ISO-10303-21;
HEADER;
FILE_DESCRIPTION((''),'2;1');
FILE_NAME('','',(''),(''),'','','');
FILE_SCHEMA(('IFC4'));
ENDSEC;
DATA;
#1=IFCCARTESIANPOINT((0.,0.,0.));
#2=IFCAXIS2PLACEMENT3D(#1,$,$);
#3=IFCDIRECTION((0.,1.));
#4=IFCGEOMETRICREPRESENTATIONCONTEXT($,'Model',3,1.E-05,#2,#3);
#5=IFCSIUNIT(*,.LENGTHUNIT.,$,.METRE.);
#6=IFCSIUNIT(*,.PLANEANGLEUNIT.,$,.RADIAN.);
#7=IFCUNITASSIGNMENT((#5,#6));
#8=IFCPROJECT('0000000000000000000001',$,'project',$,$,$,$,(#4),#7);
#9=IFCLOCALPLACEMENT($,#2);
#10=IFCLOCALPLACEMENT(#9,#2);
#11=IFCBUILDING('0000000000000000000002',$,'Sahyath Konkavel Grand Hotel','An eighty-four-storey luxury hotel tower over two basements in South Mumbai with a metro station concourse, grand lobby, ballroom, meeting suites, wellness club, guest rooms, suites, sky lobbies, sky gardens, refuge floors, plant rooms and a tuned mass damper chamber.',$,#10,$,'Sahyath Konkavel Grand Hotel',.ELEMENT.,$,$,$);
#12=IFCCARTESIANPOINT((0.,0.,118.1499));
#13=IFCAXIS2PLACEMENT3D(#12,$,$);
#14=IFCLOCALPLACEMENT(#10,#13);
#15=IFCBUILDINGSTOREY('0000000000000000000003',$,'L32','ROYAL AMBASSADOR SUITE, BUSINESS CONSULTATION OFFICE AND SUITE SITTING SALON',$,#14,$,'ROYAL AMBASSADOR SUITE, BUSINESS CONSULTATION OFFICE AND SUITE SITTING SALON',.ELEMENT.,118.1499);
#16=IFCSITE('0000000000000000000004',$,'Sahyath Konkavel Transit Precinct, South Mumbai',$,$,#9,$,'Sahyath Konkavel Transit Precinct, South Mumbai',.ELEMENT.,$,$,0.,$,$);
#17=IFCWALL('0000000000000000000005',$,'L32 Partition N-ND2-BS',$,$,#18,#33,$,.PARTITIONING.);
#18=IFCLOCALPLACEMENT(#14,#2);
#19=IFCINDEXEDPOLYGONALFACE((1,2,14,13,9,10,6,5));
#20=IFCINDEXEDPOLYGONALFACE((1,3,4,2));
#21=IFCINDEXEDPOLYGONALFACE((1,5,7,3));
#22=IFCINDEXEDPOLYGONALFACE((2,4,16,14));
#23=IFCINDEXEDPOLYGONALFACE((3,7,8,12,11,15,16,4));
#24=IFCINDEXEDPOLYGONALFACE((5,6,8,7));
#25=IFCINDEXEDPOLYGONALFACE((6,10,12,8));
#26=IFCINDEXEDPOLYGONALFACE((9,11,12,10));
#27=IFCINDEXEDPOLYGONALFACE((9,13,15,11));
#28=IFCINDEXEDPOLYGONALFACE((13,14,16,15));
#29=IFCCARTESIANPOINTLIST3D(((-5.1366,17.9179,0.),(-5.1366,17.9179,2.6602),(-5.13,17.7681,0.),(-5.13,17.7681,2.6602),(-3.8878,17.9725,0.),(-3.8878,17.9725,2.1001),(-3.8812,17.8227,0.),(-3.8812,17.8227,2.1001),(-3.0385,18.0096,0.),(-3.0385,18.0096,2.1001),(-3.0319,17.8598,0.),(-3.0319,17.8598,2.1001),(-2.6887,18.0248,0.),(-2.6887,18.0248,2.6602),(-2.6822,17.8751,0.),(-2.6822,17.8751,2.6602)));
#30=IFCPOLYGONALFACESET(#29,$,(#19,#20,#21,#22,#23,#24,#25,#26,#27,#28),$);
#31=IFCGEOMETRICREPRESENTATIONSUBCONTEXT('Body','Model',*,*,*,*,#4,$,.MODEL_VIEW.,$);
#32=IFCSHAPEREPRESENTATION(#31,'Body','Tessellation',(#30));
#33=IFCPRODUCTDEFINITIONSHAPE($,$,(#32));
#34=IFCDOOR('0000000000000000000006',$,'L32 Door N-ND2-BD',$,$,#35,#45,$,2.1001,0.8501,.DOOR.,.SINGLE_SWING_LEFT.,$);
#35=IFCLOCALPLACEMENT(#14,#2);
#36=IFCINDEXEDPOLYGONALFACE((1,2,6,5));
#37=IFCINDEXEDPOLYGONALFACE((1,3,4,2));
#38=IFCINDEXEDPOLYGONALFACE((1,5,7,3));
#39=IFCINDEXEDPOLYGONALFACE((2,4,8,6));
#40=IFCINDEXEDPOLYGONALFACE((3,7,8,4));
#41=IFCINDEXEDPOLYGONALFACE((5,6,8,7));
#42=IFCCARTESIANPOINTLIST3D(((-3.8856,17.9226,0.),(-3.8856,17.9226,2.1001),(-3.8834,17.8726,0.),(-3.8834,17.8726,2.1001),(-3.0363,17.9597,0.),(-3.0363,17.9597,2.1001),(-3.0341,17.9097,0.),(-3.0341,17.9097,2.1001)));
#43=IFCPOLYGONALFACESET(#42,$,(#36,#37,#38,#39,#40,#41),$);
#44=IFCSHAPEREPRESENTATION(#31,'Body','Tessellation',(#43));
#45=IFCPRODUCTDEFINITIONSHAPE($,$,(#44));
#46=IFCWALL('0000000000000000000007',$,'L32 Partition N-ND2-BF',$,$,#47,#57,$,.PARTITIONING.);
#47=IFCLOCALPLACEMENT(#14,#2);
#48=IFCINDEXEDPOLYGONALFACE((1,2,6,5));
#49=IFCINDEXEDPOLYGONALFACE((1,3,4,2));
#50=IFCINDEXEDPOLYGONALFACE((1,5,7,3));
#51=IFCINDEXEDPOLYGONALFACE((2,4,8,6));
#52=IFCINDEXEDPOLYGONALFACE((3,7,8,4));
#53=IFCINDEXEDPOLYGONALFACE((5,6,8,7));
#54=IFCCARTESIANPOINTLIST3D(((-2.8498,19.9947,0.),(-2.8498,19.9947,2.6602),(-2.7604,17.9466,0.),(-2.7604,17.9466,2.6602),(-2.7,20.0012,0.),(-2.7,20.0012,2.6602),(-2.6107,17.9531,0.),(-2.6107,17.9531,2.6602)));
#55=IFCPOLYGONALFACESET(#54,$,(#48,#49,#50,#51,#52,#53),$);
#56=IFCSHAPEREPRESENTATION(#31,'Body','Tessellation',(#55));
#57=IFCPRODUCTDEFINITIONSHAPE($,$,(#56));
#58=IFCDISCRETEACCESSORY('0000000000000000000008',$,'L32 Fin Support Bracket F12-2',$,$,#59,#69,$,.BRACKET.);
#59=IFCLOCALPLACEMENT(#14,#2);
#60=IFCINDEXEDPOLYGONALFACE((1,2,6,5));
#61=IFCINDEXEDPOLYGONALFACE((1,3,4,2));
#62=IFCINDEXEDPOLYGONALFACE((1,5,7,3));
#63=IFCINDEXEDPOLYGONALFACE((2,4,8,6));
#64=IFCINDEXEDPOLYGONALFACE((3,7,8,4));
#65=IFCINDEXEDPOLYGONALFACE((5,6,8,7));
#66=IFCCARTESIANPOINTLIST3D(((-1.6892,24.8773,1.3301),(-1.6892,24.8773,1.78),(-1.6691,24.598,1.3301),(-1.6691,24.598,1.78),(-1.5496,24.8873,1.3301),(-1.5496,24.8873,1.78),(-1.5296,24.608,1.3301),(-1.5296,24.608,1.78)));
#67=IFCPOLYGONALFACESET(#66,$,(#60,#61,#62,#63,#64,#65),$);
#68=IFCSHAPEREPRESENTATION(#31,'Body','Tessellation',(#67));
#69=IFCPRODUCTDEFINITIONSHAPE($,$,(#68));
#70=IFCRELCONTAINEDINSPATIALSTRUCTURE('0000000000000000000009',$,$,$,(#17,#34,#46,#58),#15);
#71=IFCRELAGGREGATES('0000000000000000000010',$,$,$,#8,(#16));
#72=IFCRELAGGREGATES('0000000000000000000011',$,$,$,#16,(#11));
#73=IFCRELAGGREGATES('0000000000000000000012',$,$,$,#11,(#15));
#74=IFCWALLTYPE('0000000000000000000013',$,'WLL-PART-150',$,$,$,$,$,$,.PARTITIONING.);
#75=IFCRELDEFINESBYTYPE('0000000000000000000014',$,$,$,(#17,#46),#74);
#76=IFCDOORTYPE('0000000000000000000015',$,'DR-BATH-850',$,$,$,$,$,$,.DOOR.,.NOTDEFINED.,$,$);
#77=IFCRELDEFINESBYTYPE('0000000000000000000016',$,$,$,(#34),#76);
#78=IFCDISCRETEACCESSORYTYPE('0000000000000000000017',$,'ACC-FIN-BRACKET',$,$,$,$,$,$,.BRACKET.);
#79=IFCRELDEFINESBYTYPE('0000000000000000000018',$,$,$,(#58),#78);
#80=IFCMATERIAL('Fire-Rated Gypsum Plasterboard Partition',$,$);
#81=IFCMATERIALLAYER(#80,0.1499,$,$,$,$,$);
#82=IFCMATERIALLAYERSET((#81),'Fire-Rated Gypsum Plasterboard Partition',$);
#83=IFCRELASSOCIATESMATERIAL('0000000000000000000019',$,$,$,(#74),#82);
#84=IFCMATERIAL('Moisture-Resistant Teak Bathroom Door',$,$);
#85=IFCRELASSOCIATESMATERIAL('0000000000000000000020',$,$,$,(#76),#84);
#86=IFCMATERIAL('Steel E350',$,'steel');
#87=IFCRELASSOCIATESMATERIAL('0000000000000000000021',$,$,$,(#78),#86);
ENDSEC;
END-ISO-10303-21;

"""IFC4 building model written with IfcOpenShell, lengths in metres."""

from ifc_helpers import new_model, si_unit, direction, frame, frame_2d, origin, origin_2d, place, context, subcontext, project, spatial, rectangle, extrude, source, transform, mapped, material, layer, layer_set, type_object, element, fill, save


model = new_model("IFC4")

# Units and contexts
model_context = context("Model", 3, precision=1e-05, world=origin(), true_north=direction((0.0, 1.0)))
body_context = subcontext(model_context, "Body", "Model", "MODEL_VIEW")
ifc_project = project(units=[si_unit("LENGTHUNIT", "METRE"), si_unit("PLANEANGLEUNIT", "RADIAN")], contexts=[model_context])

# Site, building, storey
site_placement = place(None, origin())
site = spatial("IfcSite", under=ifc_project, at=site_placement, Name="Sahyath Konkavel Transit Precinct, South Mumbai", LongName="Sahyath Konkavel Transit Precinct, South Mumbai", CompositionType="ELEMENT", RefElevation=0.0)
building_placement = place(site_placement, origin())
building = spatial("IfcBuilding", under=site, at=building_placement, Name="Sahyath Konkavel Grand Hotel", Description="An eighty-four-storey luxury hotel tower over two basements in South Mumbai with a metro station concourse, grand lobby, ballroom, meeting suites, wellness club, guest rooms, suites, sky lobbies, sky gardens, refuge floors, plant rooms and a tuned mass damper chamber.", LongName="Sahyath Konkavel Grand Hotel", CompositionType="ELEMENT")
storey_placement = place(building_placement, frame((0.0, 0.0, 118.1499)))
storey = spatial("IfcBuildingStorey", under=building, at=storey_placement, Name="L32", Description="ROYAL AMBASSADOR SUITE, BUSINESS CONSULTATION OFFICE AND SUITE SITTING SALON", LongName="ROYAL AMBASSADOR SUITE, BUSINESS CONSULTATION OFFICE AND SUITE SITTING SALON", CompositionType="ELEMENT", Elevation=118.1499)

# Shared definitions
ifc_material_1 = material(Name="Steel E350", Category="steel")

# Wall, opening, door
ifc_material_2 = material(Name="Fire-Rated Gypsum Plasterboard Partition")
ifc_layer_1 = layer(ifc_material_2, 0.1499)
ifc_layer_set_1 = layer_set([ifc_layer_1], Name="Fire-Rated Gypsum Plasterboard Partition")
wall_type_1 = type_object("IfcWallType", Name="WLL-PART-150", PredefinedType="PARTITIONING", material=ifc_layer_set_1)
wall_1_placement = place(storey_placement, frame((-5.1333, 17.843, 0.0), z_axis=(0.0, 0.0, 1.0), x_axis=(0.999047, 0.043645, 0.0)))
wall_1 = element("IfcWall", 1, at=wall_1_placement, inside=storey, type_object=wall_type_1, Name="L32 Partition N-ND2-BS", PredefinedType="PARTITIONING", context=body_context, shape_type="SweptSolid", body=[
    extrude(rectangle(XDim=2.4502, YDim=0.1499, at=frame_2d((1.2251, 0.0))), origin(), (0.0, 0.0, 1.0), 2.6602),
])
opening_placement = place(wall_1_placement, frame((1.25, 0.0, 0.0)))
opening = element("IfcOpeningElement", 2, at=opening_placement, cuts=wall_1, PredefinedType="OPENING", context=body_context, shape_type="SweptSolid", body=[
    extrude(rectangle(XDim=0.8501, YDim=2.1001, at=frame_2d((0.425, 1.05))), frame((0.0, 0.085, 0.0), z_axis=(0.0, -1.0, 0.0), x_axis=(1.0, 0.0, 0.0)), (0.0, 0.0, 1.0), 0.1699),
])
ifc_material_3 = material(Name="Moisture-Resistant Teak Bathroom Door")
door_type = type_object("IfcDoorType", Name="DR-BATH-850", OperationType="NOTDEFINED", PredefinedType="DOOR", material=ifc_material_3)
shared_shape_1 = source(origin(), body_context, "Body", "SweptSolid", [
    extrude(rectangle(XDim=0.8501, YDim=0.05, at=origin_2d()), origin(), (0.0, 0.0, 1.0), 2.1001),
])
door_placement = place(opening_placement, frame((0.425, 0.0, 0.0)))
door = element("IfcDoor", 3, at=door_placement, inside=storey, type_object=door_type, Name="L32 Door N-ND2-BD", OperationType="SINGLE_SWING_LEFT", OverallHeight=2.1001, OverallWidth=0.8501, PredefinedType="DOOR", context=body_context, shape_type="MappedRepresentation", body=[
    mapped(shared_shape_1, transform((0.0, 0.0, 0.0), scale=1.0)),
])
fill(opening, door)

# Wall
wall_2_placement = place(storey_placement, frame((-2.6855, 17.95, 0.0), z_axis=(0.0, 0.0, 1.0), x_axis=(-0.043587, 0.99905, 0.0)))
element("IfcWall", 4, at=wall_2_placement, inside=storey, type_object=wall_type_1, Name="L32 Partition N-ND2-BF", PredefinedType="PARTITIONING", context=body_context, shape_type="SweptSolid", body=[
    extrude(rectangle(XDim=2.05, YDim=0.1499, at=frame_2d((1.0249, 0.0))), origin(), (0.0, 0.0, 1.0), 2.6602),
])

# Discrete accessory
discrete_accessory_type = type_object("IfcDiscreteAccessoryType", Name="ACC-FIN-BRACKET", PredefinedType="BRACKET", material=ifc_material_1)
shared_shape_2 = source(origin(), body_context, "Body", "SweptSolid", [
    extrude(rectangle(XDim=0.28, YDim=0.1399, at=origin_2d()), origin(), (0.0, 0.0, 1.0), 0.45),
])
discrete_accessory_placement = place(storey_placement, frame((-1.6094, 24.7427, 1.3301), z_axis=(0.0, 0.0, 1.0), x_axis=(-0.071567, 0.997436, 0.0)))
element("IfcDiscreteAccessory", 5, at=discrete_accessory_placement, inside=storey, type_object=discrete_accessory_type, Name="L32 Fin Support Bracket F12-2", PredefinedType="BRACKET", context=body_context, shape_type="MappedRepresentation", body=[
    mapped(shared_shape_2, transform((0.0, 0.0, 0.0), scale=1.0)),
])

save(model, "model.ifc")
